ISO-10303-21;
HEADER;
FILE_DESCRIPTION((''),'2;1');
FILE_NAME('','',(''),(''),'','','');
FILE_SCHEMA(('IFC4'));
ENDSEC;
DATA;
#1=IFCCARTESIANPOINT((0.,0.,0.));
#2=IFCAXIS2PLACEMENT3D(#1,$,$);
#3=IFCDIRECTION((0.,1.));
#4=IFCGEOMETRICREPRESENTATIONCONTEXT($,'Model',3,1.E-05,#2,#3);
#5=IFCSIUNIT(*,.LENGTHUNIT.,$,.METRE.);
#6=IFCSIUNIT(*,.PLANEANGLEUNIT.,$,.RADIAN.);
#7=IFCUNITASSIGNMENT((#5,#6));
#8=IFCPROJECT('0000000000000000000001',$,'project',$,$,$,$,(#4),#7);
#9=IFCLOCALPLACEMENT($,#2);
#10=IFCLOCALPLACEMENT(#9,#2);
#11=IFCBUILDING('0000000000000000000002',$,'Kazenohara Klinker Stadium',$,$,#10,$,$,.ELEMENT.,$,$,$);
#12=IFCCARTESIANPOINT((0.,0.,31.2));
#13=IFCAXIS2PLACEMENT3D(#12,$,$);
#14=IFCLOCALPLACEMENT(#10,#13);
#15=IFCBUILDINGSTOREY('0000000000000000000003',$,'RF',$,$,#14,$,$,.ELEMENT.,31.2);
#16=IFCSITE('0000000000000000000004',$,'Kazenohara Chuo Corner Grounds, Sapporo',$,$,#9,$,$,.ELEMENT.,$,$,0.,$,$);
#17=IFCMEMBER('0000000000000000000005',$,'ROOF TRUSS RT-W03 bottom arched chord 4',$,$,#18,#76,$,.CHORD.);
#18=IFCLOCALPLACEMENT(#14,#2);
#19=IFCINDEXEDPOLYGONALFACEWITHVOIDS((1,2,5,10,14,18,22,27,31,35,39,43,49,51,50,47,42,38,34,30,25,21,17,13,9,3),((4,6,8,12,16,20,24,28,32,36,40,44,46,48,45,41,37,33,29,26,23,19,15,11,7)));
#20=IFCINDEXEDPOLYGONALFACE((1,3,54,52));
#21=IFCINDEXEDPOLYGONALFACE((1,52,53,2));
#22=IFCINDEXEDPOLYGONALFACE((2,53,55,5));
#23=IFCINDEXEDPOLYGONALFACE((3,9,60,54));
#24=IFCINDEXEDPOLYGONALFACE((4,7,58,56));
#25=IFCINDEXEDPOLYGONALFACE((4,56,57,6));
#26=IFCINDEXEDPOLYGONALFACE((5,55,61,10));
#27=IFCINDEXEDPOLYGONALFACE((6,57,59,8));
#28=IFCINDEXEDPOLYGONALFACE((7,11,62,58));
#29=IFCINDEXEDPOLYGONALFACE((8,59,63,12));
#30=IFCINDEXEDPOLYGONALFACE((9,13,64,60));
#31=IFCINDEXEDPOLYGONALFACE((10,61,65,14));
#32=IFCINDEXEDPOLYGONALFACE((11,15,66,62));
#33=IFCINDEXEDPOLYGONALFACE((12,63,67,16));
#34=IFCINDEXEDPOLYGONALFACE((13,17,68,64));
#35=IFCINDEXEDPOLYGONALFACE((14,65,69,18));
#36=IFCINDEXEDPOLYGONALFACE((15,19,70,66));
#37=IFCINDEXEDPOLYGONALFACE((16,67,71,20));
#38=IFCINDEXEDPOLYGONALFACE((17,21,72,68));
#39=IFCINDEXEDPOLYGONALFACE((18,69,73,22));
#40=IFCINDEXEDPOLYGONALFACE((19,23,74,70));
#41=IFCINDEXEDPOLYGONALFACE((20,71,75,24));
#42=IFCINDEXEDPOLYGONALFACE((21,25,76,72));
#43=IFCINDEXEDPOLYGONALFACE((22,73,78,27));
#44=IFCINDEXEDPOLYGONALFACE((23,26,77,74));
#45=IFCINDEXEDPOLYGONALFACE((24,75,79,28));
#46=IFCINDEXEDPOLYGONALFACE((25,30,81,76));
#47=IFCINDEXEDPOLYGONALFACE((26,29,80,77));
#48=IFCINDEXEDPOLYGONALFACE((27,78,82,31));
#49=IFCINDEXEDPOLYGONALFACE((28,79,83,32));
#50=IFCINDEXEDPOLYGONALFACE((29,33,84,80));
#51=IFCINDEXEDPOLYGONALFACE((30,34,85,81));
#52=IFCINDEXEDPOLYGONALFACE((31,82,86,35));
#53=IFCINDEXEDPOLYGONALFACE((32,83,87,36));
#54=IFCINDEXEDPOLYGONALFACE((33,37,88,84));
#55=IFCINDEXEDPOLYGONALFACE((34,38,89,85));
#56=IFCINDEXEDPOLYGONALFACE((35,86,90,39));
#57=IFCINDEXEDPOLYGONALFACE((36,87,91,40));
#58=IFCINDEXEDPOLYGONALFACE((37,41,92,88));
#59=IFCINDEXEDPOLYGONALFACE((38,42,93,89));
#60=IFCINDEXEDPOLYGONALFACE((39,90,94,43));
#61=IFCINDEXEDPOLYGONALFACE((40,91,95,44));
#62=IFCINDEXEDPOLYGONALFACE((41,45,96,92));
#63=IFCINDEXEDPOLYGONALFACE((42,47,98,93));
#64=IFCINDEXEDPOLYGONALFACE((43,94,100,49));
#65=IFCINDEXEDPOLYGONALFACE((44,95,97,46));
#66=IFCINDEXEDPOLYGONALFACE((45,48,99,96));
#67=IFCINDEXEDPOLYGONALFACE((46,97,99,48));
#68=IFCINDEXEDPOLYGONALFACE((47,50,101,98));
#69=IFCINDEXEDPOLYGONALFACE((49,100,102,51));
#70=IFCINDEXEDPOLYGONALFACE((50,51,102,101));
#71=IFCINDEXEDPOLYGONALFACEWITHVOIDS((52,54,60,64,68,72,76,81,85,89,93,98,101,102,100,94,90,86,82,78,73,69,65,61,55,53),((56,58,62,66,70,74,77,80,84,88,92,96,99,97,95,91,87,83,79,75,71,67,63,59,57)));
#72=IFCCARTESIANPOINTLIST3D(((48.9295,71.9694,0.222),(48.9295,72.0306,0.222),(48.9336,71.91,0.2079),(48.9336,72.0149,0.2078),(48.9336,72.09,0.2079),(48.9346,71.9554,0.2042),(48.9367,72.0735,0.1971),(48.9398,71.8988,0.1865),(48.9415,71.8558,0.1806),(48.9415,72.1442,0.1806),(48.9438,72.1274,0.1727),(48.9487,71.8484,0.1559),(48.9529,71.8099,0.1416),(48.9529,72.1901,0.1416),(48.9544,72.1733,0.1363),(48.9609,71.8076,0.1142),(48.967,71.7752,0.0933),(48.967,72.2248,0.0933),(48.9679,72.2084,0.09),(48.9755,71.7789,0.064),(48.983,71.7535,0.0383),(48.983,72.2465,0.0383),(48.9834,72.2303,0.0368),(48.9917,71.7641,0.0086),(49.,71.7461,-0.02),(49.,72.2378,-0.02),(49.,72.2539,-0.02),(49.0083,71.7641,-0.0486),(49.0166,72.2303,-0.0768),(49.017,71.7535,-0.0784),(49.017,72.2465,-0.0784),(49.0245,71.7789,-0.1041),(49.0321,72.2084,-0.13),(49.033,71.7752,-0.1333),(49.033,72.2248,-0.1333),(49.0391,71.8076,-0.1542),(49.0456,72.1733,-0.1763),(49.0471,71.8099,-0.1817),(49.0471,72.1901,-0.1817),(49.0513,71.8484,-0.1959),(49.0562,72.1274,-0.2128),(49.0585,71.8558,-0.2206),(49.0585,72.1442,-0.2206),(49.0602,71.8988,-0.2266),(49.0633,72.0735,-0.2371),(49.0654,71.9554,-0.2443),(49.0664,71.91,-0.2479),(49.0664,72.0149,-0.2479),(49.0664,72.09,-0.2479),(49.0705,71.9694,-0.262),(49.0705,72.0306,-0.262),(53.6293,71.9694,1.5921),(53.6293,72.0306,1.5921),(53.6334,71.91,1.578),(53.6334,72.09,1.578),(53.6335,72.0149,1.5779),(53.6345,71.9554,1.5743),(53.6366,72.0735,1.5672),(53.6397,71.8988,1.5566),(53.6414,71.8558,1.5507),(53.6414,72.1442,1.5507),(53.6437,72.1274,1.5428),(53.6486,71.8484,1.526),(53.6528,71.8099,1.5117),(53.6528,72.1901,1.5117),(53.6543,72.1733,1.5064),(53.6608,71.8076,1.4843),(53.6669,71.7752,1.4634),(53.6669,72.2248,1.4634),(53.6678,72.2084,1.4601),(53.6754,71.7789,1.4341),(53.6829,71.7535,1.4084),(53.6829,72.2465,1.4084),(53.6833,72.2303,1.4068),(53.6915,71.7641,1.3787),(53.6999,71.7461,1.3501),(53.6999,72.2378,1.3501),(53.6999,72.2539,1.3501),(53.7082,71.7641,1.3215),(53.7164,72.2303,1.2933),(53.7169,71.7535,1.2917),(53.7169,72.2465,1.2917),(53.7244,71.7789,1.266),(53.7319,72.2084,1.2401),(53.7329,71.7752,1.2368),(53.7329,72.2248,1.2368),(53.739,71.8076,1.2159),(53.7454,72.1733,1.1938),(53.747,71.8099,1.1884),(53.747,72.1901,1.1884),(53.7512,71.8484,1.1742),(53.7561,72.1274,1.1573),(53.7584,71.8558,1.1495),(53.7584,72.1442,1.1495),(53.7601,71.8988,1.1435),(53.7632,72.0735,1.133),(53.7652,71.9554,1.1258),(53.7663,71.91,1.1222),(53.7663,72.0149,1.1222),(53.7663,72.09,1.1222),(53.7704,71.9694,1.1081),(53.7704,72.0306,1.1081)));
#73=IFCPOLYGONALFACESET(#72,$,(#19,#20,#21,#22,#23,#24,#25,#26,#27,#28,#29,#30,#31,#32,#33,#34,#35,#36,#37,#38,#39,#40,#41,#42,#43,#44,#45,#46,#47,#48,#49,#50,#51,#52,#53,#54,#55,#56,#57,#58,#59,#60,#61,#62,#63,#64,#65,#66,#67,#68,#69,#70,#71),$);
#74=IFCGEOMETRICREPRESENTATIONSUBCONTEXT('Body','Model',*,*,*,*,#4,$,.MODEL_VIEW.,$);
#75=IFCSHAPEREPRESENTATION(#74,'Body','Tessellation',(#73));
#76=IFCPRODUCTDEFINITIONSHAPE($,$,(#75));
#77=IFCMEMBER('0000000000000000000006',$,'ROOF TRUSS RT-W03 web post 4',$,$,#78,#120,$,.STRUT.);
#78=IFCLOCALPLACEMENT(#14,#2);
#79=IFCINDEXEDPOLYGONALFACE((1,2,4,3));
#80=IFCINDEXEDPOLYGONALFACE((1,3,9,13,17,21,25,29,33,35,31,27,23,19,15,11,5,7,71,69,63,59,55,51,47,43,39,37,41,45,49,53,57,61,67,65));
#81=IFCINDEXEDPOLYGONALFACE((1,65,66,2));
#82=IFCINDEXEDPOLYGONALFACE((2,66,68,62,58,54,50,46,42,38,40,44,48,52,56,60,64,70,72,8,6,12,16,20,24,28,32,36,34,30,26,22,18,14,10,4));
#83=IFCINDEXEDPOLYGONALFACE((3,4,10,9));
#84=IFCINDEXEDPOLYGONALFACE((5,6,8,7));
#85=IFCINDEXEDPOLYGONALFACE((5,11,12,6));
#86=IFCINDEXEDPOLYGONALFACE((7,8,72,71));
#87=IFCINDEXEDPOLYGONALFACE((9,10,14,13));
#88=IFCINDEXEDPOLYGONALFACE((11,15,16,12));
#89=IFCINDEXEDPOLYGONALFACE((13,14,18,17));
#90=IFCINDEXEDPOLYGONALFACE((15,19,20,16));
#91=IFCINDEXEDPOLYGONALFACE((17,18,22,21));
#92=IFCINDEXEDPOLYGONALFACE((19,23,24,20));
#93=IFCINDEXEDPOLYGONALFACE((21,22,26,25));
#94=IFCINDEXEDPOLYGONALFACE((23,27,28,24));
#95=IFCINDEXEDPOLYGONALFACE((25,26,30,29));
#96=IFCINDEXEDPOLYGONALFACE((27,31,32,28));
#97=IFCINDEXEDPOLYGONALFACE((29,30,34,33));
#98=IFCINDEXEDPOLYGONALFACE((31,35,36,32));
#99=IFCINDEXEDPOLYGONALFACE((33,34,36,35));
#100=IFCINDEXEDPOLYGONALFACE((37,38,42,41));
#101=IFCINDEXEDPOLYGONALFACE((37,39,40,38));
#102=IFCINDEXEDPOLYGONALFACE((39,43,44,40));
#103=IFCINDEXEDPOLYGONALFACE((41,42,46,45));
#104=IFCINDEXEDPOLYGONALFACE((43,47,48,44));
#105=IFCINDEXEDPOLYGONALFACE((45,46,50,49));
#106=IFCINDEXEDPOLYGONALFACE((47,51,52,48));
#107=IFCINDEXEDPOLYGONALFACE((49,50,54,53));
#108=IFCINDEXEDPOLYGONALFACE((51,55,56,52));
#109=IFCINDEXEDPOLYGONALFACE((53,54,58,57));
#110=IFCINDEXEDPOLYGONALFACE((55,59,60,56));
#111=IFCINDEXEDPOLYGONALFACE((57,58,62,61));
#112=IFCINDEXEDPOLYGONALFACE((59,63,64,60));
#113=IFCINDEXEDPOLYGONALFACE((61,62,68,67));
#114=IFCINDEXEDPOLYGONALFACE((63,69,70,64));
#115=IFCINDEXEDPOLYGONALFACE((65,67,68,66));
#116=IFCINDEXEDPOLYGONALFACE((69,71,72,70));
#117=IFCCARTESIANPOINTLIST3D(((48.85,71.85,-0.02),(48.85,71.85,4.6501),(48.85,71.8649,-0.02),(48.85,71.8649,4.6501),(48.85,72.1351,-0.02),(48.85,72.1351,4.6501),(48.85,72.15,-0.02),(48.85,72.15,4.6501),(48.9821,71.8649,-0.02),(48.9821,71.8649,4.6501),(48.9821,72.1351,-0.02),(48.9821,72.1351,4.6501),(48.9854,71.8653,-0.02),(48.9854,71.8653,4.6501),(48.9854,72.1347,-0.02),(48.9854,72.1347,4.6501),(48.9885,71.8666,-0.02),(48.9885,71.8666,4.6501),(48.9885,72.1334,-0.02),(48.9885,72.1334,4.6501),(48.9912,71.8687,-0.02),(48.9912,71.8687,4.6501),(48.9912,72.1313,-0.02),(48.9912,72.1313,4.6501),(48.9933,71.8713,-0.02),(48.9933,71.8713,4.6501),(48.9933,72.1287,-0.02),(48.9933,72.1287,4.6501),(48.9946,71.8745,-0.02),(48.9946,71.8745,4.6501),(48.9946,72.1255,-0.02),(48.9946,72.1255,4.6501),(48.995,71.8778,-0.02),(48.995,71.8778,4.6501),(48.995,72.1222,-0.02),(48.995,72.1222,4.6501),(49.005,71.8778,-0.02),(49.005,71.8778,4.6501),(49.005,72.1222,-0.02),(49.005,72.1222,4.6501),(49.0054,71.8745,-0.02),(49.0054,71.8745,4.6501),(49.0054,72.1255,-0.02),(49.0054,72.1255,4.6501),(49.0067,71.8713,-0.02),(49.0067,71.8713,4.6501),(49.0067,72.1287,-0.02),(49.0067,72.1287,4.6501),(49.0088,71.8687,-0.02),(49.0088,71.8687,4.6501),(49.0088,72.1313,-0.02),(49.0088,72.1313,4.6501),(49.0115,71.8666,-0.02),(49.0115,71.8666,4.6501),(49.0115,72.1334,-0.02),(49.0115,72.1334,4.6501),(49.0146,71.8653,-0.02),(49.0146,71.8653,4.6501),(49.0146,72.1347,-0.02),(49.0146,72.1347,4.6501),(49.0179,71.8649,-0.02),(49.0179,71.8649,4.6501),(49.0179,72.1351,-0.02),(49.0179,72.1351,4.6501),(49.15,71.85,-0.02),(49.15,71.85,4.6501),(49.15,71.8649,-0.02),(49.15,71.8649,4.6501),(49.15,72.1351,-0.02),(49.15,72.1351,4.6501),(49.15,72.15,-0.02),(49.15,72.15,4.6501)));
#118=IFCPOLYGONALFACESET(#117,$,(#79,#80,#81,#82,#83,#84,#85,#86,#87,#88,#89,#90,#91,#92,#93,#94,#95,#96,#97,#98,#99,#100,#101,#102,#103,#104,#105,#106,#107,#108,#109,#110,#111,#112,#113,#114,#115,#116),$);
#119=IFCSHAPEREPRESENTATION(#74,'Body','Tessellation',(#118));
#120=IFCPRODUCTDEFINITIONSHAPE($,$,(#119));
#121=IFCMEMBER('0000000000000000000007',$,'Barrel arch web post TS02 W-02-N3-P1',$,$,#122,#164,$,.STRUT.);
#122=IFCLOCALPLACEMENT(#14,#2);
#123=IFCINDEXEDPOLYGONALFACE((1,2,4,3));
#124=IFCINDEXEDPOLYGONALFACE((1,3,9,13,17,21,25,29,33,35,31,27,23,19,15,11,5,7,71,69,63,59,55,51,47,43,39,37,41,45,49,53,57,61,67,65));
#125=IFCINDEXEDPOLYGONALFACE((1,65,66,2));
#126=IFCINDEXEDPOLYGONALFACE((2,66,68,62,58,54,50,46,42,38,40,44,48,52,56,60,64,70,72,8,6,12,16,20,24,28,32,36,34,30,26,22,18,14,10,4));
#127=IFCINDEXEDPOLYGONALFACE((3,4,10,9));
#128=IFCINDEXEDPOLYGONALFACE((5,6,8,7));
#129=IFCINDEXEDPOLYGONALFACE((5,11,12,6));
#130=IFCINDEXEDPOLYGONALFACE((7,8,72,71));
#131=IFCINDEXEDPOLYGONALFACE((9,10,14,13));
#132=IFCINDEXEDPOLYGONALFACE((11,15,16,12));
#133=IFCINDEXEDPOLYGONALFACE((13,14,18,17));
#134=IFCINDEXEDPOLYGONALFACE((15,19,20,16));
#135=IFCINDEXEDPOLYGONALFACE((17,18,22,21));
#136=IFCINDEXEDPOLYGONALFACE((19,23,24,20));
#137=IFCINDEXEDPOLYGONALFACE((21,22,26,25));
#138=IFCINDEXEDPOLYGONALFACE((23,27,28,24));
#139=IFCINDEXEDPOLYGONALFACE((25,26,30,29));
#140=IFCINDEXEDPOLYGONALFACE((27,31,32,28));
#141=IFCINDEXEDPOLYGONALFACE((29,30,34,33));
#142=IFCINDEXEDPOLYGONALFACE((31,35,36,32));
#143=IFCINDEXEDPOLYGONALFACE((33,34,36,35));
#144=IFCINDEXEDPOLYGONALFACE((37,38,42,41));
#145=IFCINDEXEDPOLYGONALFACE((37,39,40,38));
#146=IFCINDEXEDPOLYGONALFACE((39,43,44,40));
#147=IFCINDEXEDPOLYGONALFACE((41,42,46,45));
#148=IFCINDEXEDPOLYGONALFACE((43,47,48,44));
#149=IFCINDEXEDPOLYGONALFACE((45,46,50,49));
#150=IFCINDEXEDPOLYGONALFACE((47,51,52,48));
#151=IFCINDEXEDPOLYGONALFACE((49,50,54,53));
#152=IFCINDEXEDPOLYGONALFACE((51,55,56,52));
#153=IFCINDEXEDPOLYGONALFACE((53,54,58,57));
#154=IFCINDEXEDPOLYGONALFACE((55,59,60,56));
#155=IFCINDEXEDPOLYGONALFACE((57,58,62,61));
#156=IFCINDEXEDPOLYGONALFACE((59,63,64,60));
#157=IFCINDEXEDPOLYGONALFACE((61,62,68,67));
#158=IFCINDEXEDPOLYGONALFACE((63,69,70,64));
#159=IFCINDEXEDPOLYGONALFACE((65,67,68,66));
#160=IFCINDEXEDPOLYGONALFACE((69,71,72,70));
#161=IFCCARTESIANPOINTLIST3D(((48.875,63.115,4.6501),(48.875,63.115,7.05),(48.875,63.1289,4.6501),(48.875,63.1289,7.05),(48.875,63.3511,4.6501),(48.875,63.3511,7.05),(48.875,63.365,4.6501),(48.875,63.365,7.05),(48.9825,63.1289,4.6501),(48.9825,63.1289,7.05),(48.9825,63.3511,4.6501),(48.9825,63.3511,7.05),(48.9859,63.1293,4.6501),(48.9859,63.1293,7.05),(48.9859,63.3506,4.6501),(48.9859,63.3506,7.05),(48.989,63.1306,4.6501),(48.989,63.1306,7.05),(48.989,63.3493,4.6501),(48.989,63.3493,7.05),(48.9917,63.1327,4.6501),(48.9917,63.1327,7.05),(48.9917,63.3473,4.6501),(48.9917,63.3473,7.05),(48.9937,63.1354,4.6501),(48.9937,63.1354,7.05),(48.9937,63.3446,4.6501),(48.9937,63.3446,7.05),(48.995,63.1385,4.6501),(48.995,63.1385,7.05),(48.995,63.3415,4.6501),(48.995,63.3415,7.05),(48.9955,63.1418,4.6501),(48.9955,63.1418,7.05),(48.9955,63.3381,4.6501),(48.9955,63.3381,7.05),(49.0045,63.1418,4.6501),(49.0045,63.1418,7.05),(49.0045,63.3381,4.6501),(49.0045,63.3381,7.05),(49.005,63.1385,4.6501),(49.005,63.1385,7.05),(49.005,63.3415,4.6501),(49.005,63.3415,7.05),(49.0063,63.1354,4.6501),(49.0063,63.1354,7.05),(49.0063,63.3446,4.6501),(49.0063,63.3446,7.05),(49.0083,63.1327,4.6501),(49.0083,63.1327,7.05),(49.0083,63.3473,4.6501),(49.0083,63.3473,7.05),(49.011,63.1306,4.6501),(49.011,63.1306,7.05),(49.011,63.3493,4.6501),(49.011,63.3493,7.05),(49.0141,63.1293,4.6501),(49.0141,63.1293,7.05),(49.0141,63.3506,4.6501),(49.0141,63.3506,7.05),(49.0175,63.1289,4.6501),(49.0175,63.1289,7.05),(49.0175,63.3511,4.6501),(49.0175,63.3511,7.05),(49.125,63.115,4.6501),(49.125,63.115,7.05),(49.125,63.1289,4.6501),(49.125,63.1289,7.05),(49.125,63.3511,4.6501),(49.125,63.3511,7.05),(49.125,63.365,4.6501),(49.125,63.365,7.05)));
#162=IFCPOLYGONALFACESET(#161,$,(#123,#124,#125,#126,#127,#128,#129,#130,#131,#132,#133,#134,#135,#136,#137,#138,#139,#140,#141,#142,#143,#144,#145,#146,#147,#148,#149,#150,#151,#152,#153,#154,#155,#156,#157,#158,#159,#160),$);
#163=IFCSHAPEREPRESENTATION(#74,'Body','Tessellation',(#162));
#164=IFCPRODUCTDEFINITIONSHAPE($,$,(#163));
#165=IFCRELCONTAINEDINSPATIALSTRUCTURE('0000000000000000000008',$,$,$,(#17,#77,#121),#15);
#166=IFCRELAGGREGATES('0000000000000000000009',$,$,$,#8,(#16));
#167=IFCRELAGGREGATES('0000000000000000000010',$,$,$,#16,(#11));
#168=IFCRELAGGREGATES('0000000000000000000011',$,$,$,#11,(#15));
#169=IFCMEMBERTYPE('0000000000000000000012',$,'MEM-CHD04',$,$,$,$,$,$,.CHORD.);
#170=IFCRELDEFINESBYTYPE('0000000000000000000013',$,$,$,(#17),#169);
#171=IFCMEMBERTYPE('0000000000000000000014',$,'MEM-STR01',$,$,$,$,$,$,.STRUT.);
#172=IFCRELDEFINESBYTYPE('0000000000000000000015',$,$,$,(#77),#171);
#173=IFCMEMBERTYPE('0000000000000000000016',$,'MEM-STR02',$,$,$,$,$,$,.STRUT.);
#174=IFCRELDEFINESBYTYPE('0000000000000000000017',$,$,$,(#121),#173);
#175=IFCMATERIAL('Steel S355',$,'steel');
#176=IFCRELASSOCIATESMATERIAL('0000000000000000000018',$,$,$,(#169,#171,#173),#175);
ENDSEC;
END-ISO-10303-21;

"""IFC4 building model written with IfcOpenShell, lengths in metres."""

from ifc_helpers import new_model, si_unit, direction, frame, origin, origin_2d, place, context, subcontext, project, spatial, hollow_circle, i_section, extrude, material, material_profile, profile_set, type_object, element, save


model = new_model("IFC4")

# Units and contexts
model_context = context("Model", 3, precision=1e-05, world=origin(), true_north=direction((0.0, 1.0)))
body_context = subcontext(model_context, "Body", "Model", "MODEL_VIEW")
ifc_project = project(units=[si_unit("LENGTHUNIT", "METRE"), si_unit("PLANEANGLEUNIT", "RADIAN")], contexts=[model_context])

# Site, building, storey
site_placement = place(None, origin())
site = spatial("IfcSite", under=ifc_project, at=site_placement, Name="Kazenohara Chuo Corner Grounds, Sapporo", CompositionType="ELEMENT", RefElevation=0.0)
building_placement = place(site_placement, origin())
building = spatial("IfcBuilding", under=site, at=building_placement, Name="Kazenohara Klinker Stadium", CompositionType="ELEMENT")
storey_placement = place(building_placement, frame((0.0, 0.0, 31.2)))
storey = spatial("IfcBuildingStorey", under=building, at=storey_placement, Name="RF", CompositionType="ELEMENT", Elevation=31.2)

# Members
ifc_material_1 = material(Name="Steel S355", Category="steel")
ifc_material_profile_1 = material_profile(ifc_material_1, hollow_circle(Radius=0.2539, WallThickness=0.0161, at=origin_2d()), Name="CHS-508.0x16")
ifc_profile_set_1 = profile_set([ifc_material_profile_1], Name="Steel S355")
member_type_1 = type_object("IfcMemberType", Name="MEM-CHD04", PredefinedType="CHORD", material=ifc_profile_set_1)
member_1_placement = place(storey_placement, frame((49.0, 72.0, -0.02), z_axis=(0.960039, 0.0, 0.279868), x_axis=(0.0, 1.0, 0.0)))
element("IfcMember", 1, at=member_1_placement, inside=storey, type_object=member_type_1, Name="ROOF TRUSS RT-W03 bottom arched chord 4", PredefinedType="CHORD", context=body_context, shape_type="SweptSolid", body=[
    extrude(hollow_circle(Radius=0.2539, WallThickness=0.0161, at=origin_2d()), origin(), (0.0, 0.0, 1.0), 4.8955),
])
ifc_material_profile_2 = material_profile(ifc_material_1, i_section(OverallWidth=0.3, OverallDepth=0.3, WebThickness=0.01, FlangeThickness=0.0149, FilletRadius=0.0129, at=origin_2d()), Name="H-300x300x10x15")
ifc_profile_set_2 = profile_set([ifc_material_profile_2], Name="Steel S355")
member_type_2 = type_object("IfcMemberType", Name="MEM-STR01", PredefinedType="STRUT", material=ifc_profile_set_2)
member_2_placement = place(storey_placement, frame((49.0, 72.0, -0.02), z_axis=(0.0, 0.0, 1.0), x_axis=(1.0, 0.0, 0.0)))
element("IfcMember", 2, at=member_2_placement, inside=storey, type_object=member_type_2, Name="ROOF TRUSS RT-W03 web post 4", PredefinedType="STRUT", context=body_context, shape_type="SweptSolid", body=[
    extrude(i_section(OverallWidth=0.3, OverallDepth=0.3, WebThickness=0.01, FlangeThickness=0.0149, FilletRadius=0.0129, at=origin_2d()), origin(), (0.0, 0.0, 1.0), 4.6702),
])
ifc_material_profile_3 = material_profile(ifc_material_1, i_section(OverallWidth=0.25, OverallDepth=0.25, WebThickness=0.009, FlangeThickness=0.0139, FilletRadius=0.0129, at=origin_2d()), Name="H-250x250x9x14")
ifc_profile_set_3 = profile_set([ifc_material_profile_3], Name="Steel S355")
member_type_3 = type_object("IfcMemberType", Name="MEM-STR02", PredefinedType="STRUT", material=ifc_profile_set_3)
member_3_placement = place(storey_placement, frame((49.0, 63.24, 4.6501), z_axis=(0.0, 0.0, 1.0), x_axis=(1.0, 0.0, 0.0)))
element("IfcMember", 3, at=member_3_placement, inside=storey, type_object=member_type_3, Name="Barrel arch web post TS02 W-02-N3-P1", PredefinedType="STRUT", context=body_context, shape_type="SweptSolid", body=[
    extrude(i_section(OverallWidth=0.25, OverallDepth=0.25, WebThickness=0.009, FlangeThickness=0.0139, FilletRadius=0.0129, at=origin_2d()), origin(), (0.0, 0.0, 1.0), 2.3999),
])

save(model, "model.ifc")
